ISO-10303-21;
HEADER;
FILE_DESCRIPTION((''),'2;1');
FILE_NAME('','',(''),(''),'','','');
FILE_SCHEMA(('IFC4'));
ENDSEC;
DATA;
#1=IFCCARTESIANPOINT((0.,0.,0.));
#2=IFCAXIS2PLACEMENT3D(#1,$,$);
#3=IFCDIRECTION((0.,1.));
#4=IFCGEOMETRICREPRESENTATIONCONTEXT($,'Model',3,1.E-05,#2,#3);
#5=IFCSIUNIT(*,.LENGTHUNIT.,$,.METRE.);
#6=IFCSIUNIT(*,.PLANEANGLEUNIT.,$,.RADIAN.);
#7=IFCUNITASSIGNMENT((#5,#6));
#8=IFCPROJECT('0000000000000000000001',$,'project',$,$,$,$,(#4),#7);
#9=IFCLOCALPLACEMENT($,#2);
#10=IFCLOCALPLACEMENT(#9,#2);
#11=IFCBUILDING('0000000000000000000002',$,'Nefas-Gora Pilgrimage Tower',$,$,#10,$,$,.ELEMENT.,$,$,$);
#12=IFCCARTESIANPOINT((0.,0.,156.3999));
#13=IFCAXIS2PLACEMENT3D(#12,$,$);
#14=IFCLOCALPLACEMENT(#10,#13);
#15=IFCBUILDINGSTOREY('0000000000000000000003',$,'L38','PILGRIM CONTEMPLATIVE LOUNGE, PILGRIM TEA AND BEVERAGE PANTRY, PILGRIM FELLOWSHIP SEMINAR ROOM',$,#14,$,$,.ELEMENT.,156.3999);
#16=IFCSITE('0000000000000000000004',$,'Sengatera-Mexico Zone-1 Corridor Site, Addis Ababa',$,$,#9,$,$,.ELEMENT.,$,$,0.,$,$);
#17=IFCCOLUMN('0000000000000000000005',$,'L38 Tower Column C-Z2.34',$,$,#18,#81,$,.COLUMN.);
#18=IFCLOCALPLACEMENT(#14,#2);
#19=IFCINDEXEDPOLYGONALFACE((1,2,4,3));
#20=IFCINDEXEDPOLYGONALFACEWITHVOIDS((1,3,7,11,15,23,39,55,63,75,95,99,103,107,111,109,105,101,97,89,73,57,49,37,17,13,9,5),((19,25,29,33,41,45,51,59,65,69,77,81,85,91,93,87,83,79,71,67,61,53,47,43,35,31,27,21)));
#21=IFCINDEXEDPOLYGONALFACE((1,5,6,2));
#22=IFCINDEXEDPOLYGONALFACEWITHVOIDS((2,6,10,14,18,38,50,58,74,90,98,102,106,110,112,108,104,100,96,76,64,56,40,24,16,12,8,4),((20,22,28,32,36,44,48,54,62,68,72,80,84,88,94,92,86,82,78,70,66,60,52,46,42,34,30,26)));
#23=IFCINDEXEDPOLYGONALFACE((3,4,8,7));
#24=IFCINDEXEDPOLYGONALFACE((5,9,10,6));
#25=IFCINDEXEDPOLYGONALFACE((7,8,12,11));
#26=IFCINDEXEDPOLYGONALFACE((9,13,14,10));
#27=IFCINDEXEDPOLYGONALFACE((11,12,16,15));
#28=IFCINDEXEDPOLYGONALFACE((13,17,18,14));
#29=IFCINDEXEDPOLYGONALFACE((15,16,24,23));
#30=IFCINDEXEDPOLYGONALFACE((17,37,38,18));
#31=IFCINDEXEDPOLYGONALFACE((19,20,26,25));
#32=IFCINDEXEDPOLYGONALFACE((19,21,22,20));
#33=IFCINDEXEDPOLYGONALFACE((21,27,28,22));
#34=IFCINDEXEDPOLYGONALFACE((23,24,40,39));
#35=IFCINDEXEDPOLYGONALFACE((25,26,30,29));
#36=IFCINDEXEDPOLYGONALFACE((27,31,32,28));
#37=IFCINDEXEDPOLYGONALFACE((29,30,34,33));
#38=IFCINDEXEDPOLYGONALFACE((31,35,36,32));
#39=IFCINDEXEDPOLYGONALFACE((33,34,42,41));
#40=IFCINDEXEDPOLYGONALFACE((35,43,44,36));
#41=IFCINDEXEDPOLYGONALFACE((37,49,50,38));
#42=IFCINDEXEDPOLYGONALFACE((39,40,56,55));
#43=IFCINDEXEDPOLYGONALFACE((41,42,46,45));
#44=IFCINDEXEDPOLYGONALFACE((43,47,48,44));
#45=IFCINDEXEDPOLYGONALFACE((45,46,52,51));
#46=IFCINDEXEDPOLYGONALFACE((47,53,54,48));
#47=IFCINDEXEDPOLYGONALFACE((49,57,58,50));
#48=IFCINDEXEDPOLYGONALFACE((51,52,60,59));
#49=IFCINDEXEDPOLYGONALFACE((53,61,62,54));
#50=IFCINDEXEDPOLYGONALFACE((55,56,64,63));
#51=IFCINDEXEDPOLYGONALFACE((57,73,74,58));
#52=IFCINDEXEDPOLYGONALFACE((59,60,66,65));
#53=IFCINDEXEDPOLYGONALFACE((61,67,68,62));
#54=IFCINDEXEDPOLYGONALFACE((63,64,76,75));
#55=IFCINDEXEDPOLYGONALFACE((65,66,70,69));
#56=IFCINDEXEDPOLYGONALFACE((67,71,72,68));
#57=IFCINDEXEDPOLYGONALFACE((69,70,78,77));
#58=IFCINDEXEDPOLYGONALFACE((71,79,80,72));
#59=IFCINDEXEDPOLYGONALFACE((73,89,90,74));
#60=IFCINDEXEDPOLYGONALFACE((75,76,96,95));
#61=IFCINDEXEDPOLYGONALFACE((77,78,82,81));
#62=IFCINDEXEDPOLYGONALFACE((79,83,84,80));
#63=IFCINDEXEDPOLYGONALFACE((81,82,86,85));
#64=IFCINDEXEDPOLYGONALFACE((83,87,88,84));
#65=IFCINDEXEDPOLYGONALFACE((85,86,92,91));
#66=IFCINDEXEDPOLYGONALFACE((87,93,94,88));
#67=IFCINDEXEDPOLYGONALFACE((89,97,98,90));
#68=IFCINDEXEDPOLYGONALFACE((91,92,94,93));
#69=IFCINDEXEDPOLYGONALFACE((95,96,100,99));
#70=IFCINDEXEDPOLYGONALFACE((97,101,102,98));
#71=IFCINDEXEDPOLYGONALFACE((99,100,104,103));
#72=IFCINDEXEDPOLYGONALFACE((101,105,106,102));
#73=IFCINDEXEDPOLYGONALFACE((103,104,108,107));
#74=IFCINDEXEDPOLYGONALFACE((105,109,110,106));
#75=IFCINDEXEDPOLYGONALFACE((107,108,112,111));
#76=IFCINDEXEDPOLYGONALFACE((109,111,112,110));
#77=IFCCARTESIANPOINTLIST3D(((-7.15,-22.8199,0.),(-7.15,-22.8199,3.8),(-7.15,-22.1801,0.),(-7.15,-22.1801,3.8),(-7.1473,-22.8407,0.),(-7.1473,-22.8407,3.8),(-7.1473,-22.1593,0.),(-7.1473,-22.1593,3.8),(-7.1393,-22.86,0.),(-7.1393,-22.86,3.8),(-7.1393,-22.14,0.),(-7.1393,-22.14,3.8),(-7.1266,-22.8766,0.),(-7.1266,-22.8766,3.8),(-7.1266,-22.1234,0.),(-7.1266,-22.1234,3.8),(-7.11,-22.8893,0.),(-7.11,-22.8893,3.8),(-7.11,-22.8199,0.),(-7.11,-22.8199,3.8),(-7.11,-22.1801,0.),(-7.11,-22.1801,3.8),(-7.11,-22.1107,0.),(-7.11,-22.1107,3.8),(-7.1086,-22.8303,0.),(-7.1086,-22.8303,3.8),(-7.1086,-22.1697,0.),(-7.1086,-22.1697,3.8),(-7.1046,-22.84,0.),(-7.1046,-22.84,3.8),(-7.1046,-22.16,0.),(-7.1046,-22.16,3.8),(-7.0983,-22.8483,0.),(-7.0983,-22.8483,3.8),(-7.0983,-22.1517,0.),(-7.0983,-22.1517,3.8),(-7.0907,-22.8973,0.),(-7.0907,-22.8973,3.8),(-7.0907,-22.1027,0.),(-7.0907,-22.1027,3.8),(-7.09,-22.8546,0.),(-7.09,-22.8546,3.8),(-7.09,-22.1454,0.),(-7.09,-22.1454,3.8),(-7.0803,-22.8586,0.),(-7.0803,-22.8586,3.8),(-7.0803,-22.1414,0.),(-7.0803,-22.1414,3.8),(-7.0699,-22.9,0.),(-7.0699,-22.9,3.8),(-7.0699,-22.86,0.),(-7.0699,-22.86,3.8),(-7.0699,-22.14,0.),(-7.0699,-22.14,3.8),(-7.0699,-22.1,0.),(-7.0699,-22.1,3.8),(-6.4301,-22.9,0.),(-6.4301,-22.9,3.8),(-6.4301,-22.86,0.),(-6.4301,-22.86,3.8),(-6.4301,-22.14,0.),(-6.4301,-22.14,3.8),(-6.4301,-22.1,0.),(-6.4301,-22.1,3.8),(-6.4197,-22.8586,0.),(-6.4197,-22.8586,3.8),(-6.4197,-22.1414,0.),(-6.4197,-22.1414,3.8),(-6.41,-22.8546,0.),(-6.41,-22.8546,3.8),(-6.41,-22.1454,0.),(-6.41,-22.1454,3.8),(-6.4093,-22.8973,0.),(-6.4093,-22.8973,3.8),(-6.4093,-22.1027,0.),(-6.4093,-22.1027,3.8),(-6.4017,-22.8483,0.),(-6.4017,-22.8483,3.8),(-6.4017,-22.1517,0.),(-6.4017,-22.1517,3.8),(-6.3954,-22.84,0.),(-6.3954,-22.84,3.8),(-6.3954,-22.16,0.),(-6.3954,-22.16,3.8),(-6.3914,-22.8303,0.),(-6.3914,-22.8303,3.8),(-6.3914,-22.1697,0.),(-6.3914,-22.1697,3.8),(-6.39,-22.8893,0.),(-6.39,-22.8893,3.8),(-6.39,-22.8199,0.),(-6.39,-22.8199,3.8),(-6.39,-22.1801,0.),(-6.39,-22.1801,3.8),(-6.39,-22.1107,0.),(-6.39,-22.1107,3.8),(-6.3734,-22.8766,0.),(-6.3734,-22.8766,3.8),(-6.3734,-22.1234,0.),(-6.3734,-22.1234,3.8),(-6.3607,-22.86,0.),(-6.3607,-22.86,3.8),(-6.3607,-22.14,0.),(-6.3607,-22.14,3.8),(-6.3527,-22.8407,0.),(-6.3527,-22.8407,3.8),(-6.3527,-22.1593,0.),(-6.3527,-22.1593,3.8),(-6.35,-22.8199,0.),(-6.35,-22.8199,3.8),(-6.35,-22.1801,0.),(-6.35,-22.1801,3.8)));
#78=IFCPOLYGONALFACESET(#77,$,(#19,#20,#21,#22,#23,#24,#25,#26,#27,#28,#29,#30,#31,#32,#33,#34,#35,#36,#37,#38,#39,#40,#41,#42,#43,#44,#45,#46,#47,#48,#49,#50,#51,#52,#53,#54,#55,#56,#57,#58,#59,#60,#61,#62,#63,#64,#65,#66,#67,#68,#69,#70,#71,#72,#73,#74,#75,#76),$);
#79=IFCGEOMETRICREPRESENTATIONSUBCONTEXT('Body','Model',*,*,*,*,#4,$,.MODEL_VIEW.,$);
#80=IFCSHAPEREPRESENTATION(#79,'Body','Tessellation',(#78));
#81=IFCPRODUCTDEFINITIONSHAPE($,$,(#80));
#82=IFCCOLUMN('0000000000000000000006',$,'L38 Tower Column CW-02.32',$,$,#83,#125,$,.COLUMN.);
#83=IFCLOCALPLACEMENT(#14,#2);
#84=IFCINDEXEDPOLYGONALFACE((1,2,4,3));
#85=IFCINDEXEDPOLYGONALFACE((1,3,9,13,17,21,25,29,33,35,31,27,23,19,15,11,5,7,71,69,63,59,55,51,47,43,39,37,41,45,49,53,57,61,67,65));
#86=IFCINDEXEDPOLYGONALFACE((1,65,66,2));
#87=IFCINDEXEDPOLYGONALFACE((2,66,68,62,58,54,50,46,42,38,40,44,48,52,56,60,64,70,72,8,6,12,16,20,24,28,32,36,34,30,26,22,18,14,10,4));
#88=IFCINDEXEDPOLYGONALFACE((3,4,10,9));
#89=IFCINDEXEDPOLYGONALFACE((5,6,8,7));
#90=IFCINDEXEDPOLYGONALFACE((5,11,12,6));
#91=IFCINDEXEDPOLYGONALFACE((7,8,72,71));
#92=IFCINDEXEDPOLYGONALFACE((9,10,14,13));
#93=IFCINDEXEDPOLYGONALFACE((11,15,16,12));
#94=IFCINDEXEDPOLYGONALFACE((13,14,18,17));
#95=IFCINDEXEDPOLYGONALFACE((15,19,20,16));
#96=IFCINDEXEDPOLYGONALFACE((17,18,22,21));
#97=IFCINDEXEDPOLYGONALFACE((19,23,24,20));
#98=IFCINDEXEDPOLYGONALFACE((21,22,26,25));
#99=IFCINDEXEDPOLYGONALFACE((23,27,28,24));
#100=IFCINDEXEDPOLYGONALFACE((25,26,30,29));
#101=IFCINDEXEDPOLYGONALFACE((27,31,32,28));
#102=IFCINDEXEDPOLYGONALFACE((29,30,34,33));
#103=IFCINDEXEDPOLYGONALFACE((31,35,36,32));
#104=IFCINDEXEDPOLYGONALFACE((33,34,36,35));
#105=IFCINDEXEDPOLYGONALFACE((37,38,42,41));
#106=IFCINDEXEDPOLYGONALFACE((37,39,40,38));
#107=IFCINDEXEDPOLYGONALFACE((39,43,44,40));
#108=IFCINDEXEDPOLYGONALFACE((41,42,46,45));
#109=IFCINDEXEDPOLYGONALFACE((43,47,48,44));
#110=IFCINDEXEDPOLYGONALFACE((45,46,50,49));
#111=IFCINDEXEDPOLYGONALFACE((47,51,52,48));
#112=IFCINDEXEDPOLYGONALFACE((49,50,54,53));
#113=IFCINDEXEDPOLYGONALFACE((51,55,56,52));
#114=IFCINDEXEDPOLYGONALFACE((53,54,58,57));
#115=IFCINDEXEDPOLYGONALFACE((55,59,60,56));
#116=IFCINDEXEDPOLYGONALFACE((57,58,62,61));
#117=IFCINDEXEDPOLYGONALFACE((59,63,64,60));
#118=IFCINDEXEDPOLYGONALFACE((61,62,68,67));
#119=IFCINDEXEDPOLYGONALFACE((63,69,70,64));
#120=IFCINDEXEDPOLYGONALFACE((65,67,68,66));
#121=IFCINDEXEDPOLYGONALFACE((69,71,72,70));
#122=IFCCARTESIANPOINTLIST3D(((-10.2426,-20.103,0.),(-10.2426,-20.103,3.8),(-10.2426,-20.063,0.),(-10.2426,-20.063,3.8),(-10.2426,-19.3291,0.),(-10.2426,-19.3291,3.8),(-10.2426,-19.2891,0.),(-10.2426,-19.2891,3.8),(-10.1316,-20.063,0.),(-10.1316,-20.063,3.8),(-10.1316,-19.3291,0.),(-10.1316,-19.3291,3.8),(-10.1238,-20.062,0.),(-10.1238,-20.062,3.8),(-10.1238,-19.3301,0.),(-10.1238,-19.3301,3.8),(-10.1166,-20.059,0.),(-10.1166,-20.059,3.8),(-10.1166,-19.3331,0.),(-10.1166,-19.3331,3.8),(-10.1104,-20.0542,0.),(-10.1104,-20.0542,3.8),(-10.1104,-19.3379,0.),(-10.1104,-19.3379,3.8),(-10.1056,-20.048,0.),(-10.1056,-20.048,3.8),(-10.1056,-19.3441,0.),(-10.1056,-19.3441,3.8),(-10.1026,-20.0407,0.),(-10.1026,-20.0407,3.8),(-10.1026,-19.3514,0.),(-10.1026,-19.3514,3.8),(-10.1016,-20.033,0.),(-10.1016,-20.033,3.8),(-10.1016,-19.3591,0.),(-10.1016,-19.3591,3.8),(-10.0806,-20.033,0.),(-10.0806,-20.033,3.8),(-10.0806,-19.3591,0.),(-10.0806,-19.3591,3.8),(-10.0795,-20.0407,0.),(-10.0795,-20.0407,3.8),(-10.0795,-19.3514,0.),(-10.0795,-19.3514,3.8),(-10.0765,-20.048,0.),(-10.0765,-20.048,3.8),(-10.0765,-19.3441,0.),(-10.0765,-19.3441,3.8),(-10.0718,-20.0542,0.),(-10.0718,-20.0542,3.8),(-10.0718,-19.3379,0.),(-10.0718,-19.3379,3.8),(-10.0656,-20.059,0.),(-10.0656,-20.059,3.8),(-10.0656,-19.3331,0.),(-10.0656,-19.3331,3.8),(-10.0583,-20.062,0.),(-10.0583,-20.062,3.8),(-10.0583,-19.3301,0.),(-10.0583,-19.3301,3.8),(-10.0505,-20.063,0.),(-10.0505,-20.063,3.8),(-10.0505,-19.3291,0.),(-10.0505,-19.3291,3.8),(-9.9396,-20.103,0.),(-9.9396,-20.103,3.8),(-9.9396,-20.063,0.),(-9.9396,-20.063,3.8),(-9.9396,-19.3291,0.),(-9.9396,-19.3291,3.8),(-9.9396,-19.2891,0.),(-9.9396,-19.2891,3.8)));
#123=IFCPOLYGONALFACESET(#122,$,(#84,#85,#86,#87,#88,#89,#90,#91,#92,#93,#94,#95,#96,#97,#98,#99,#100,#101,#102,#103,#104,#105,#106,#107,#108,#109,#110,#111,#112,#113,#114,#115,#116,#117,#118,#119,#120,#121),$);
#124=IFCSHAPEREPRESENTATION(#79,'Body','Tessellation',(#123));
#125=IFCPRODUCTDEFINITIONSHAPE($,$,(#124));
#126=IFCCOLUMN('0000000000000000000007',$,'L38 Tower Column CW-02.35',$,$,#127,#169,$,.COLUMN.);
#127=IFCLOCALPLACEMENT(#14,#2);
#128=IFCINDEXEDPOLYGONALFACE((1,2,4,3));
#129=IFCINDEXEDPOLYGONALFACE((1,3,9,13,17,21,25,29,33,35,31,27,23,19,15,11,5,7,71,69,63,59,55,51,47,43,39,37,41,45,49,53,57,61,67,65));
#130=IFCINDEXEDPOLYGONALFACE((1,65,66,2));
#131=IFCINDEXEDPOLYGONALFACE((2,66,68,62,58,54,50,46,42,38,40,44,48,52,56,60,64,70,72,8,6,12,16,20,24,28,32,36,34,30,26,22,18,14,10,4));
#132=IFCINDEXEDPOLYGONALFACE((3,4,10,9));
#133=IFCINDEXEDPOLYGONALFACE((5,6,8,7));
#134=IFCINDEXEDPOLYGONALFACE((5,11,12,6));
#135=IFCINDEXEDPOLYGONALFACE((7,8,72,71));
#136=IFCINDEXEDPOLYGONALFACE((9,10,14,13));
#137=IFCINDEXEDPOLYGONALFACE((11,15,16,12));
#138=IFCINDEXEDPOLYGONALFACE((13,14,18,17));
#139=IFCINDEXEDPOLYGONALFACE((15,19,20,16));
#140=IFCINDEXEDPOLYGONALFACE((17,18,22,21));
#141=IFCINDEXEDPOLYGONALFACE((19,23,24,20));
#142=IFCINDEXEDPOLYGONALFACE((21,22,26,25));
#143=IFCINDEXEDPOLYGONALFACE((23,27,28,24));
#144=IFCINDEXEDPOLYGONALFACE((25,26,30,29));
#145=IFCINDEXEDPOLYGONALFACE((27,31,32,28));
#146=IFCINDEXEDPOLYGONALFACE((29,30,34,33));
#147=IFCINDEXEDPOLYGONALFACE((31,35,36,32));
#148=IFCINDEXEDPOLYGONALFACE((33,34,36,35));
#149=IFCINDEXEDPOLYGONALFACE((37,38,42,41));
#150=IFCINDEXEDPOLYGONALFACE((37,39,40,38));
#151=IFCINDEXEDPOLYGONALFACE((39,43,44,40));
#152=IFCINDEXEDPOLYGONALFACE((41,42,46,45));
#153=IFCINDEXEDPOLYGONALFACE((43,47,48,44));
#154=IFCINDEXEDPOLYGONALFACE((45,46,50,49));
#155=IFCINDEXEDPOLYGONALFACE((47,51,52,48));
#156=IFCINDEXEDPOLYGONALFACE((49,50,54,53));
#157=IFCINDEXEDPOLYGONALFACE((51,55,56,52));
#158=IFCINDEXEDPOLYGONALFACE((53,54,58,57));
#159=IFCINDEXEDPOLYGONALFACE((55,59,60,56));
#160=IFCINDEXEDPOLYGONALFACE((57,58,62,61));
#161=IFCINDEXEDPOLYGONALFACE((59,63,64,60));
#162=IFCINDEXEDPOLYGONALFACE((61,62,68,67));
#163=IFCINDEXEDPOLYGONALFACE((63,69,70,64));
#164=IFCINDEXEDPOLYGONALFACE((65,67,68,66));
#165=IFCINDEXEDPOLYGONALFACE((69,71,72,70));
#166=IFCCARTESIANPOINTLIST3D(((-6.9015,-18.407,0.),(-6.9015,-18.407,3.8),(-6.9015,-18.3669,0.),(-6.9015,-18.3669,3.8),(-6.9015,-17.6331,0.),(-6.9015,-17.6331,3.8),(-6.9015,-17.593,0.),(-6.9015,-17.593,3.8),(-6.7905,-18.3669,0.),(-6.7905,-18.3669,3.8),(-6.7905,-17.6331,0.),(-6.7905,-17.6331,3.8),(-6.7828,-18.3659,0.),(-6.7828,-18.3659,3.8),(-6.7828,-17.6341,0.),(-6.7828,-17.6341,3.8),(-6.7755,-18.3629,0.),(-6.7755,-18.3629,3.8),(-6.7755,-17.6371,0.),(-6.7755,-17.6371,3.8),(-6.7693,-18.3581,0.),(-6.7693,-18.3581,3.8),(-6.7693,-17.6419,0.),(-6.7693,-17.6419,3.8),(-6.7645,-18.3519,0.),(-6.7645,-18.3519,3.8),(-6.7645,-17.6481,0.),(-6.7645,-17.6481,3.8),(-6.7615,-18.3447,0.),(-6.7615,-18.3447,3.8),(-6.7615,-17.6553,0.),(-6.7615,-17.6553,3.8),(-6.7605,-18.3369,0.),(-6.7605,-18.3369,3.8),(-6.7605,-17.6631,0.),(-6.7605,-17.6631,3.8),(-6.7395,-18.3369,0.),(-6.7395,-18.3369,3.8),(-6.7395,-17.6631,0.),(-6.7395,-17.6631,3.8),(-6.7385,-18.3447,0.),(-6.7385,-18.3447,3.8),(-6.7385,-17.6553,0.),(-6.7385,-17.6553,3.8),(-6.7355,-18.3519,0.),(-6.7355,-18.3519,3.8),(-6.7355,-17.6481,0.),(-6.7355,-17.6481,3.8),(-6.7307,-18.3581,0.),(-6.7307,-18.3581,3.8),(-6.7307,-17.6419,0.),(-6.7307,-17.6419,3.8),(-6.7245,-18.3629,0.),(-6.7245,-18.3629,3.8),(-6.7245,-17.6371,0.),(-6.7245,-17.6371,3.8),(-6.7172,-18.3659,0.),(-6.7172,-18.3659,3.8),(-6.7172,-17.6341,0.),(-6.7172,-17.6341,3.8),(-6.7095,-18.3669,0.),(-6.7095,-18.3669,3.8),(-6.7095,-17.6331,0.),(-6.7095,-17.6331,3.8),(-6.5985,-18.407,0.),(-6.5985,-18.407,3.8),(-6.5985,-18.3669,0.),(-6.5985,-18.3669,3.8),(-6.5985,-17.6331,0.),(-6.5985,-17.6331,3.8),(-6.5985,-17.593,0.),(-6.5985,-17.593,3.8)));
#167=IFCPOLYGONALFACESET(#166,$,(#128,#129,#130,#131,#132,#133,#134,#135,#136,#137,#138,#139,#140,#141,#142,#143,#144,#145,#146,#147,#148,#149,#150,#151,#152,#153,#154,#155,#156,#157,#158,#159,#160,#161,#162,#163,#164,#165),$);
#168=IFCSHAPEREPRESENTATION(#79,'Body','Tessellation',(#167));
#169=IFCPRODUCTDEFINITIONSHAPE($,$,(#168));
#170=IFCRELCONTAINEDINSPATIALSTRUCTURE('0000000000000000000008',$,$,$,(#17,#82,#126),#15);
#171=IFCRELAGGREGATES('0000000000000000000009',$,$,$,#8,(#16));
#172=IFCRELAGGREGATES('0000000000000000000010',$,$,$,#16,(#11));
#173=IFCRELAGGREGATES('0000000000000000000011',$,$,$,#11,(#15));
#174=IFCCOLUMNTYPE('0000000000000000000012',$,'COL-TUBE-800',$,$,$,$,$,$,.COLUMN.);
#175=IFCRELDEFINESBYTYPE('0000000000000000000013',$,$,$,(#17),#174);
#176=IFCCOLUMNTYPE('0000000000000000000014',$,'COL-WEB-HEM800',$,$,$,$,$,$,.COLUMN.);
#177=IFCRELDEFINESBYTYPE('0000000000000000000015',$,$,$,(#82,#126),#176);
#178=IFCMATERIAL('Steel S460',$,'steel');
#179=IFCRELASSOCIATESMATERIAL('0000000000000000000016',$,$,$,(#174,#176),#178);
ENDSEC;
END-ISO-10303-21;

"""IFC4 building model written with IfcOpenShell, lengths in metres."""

from ifc_helpers import new_model, si_unit, direction, frame, origin, origin_2d, place, context, subcontext, project, spatial, hollow_rectangle, i_section, extrude, source, transform, mapped, material, material_profile, profile_set, type_object, element, save


model = new_model("IFC4")

# Units and contexts
model_context = context("Model", 3, precision=1e-05, world=origin(), true_north=direction((0.0, 1.0)))
body_context = subcontext(model_context, "Body", "Model", "MODEL_VIEW")
ifc_project = project(units=[si_unit("LENGTHUNIT", "METRE"), si_unit("PLANEANGLEUNIT", "RADIAN")], contexts=[model_context])

# Site, building, storey
site_placement = place(None, origin())
site = spatial("IfcSite", under=ifc_project, at=site_placement, Name="Sengatera-Mexico Zone-1 Corridor Site, Addis Ababa", CompositionType="ELEMENT", RefElevation=0.0)
building_placement = place(site_placement, origin())
building = spatial("IfcBuilding", under=site, at=building_placement, Name="Nefas-Gora Pilgrimage Tower", CompositionType="ELEMENT")
storey_placement = place(building_placement, frame((0.0, 0.0, 156.3999)))
storey = spatial("IfcBuildingStorey", under=building, at=storey_placement, Name="L38", Description="PILGRIM CONTEMPLATIVE LOUNGE, PILGRIM TEA AND BEVERAGE PANTRY, PILGRIM FELLOWSHIP SEMINAR ROOM", CompositionType="ELEMENT", Elevation=156.3999)

# Columns
ifc_material_1 = material(Name="Steel S460", Category="steel")
ifc_material_profile_1 = material_profile(ifc_material_1, hollow_rectangle(XDim=0.8, YDim=0.8, WallThickness=0.04, InnerFilletRadius=0.04, OuterFilletRadius=0.0801, at=origin_2d()), Name="BOX 800x800x40")
ifc_profile_set_1 = profile_set([ifc_material_profile_1], Name="Steel S460")
column_type_1 = type_object("IfcColumnType", Name="COL-TUBE-800", PredefinedType="COLUMN", material=ifc_profile_set_1)
shared_shape_1 = source(origin(), body_context, "Body", "SweptSolid", [
    extrude(hollow_rectangle(XDim=0.8, YDim=0.8, WallThickness=0.04, InnerFilletRadius=0.04, OuterFilletRadius=0.0801, at=origin_2d()), origin(), (0.0, 0.0, 1.0), 3.8),
])
column_placement = place(storey_placement, frame((-6.75, -22.5, 0.0), z_axis=(0.0, 0.0, 1.0), x_axis=(1.0, 0.0, 0.0)))
element("IfcColumn", 1, at=column_placement, inside=storey, type_object=column_type_1, Name="L38 Tower Column C-Z2.34", PredefinedType="COLUMN", context=body_context, shape_type="MappedRepresentation", body=[
    mapped(shared_shape_1, transform((0.0, 0.0, 0.0), x_axis=(1.0, 0.0, 0.0), y_axis=(0.0, 1.0, 0.0), z_axis=(0.0, 0.0, 1.0), scale=1.0)),
])
ifc_material_profile_2 = material_profile(ifc_material_1, i_section(OverallWidth=0.303, OverallDepth=0.814, WebThickness=0.021, FlangeThickness=0.04, FilletRadius=0.03, at=origin_2d()), Name="HEM 800")
ifc_profile_set_2 = profile_set([ifc_material_profile_2], Name="Steel S460")
column_type_2 = type_object("IfcColumnType", Name="COL-WEB-HEM800", PredefinedType="COLUMN", material=ifc_profile_set_2)
shared_shape_2 = source(origin(), body_context, "Body", "SweptSolid", [
    extrude(i_section(OverallWidth=0.303, OverallDepth=0.814, WebThickness=0.021, FlangeThickness=0.04, FilletRadius=0.03, at=origin_2d()), origin(), (0.0, 0.0, 1.0), 3.8),
])
for number, where, z_axis, x_axis, name in (
    (2, (-10.0911, -19.696, 0.0), (0.0, 0.0, 1.0), (1.0, 0.0, 0.0), "L38 Tower Column CW-02.32"),
    (3, (-6.75, -18.0, 0.0), (0.0, 0.0, 1.0), (1.0, 0.0, 0.0), "L38 Tower Column CW-02.35"),
):
    element("IfcColumn", number, at=place(storey_placement, frame(where, z_axis=z_axis, x_axis=x_axis)), inside=storey, type_object=column_type_2, Name=name, PredefinedType="COLUMN", context=body_context, shape_type="MappedRepresentation", body=[
        mapped(shared_shape_2, transform((0.0, 0.0, 0.0), x_axis=(1.0, 0.0, 0.0), y_axis=(0.0, 1.0, 0.0), z_axis=(0.0, 0.0, 1.0), scale=1.0)),
    ])

save(model, "model.ifc")
